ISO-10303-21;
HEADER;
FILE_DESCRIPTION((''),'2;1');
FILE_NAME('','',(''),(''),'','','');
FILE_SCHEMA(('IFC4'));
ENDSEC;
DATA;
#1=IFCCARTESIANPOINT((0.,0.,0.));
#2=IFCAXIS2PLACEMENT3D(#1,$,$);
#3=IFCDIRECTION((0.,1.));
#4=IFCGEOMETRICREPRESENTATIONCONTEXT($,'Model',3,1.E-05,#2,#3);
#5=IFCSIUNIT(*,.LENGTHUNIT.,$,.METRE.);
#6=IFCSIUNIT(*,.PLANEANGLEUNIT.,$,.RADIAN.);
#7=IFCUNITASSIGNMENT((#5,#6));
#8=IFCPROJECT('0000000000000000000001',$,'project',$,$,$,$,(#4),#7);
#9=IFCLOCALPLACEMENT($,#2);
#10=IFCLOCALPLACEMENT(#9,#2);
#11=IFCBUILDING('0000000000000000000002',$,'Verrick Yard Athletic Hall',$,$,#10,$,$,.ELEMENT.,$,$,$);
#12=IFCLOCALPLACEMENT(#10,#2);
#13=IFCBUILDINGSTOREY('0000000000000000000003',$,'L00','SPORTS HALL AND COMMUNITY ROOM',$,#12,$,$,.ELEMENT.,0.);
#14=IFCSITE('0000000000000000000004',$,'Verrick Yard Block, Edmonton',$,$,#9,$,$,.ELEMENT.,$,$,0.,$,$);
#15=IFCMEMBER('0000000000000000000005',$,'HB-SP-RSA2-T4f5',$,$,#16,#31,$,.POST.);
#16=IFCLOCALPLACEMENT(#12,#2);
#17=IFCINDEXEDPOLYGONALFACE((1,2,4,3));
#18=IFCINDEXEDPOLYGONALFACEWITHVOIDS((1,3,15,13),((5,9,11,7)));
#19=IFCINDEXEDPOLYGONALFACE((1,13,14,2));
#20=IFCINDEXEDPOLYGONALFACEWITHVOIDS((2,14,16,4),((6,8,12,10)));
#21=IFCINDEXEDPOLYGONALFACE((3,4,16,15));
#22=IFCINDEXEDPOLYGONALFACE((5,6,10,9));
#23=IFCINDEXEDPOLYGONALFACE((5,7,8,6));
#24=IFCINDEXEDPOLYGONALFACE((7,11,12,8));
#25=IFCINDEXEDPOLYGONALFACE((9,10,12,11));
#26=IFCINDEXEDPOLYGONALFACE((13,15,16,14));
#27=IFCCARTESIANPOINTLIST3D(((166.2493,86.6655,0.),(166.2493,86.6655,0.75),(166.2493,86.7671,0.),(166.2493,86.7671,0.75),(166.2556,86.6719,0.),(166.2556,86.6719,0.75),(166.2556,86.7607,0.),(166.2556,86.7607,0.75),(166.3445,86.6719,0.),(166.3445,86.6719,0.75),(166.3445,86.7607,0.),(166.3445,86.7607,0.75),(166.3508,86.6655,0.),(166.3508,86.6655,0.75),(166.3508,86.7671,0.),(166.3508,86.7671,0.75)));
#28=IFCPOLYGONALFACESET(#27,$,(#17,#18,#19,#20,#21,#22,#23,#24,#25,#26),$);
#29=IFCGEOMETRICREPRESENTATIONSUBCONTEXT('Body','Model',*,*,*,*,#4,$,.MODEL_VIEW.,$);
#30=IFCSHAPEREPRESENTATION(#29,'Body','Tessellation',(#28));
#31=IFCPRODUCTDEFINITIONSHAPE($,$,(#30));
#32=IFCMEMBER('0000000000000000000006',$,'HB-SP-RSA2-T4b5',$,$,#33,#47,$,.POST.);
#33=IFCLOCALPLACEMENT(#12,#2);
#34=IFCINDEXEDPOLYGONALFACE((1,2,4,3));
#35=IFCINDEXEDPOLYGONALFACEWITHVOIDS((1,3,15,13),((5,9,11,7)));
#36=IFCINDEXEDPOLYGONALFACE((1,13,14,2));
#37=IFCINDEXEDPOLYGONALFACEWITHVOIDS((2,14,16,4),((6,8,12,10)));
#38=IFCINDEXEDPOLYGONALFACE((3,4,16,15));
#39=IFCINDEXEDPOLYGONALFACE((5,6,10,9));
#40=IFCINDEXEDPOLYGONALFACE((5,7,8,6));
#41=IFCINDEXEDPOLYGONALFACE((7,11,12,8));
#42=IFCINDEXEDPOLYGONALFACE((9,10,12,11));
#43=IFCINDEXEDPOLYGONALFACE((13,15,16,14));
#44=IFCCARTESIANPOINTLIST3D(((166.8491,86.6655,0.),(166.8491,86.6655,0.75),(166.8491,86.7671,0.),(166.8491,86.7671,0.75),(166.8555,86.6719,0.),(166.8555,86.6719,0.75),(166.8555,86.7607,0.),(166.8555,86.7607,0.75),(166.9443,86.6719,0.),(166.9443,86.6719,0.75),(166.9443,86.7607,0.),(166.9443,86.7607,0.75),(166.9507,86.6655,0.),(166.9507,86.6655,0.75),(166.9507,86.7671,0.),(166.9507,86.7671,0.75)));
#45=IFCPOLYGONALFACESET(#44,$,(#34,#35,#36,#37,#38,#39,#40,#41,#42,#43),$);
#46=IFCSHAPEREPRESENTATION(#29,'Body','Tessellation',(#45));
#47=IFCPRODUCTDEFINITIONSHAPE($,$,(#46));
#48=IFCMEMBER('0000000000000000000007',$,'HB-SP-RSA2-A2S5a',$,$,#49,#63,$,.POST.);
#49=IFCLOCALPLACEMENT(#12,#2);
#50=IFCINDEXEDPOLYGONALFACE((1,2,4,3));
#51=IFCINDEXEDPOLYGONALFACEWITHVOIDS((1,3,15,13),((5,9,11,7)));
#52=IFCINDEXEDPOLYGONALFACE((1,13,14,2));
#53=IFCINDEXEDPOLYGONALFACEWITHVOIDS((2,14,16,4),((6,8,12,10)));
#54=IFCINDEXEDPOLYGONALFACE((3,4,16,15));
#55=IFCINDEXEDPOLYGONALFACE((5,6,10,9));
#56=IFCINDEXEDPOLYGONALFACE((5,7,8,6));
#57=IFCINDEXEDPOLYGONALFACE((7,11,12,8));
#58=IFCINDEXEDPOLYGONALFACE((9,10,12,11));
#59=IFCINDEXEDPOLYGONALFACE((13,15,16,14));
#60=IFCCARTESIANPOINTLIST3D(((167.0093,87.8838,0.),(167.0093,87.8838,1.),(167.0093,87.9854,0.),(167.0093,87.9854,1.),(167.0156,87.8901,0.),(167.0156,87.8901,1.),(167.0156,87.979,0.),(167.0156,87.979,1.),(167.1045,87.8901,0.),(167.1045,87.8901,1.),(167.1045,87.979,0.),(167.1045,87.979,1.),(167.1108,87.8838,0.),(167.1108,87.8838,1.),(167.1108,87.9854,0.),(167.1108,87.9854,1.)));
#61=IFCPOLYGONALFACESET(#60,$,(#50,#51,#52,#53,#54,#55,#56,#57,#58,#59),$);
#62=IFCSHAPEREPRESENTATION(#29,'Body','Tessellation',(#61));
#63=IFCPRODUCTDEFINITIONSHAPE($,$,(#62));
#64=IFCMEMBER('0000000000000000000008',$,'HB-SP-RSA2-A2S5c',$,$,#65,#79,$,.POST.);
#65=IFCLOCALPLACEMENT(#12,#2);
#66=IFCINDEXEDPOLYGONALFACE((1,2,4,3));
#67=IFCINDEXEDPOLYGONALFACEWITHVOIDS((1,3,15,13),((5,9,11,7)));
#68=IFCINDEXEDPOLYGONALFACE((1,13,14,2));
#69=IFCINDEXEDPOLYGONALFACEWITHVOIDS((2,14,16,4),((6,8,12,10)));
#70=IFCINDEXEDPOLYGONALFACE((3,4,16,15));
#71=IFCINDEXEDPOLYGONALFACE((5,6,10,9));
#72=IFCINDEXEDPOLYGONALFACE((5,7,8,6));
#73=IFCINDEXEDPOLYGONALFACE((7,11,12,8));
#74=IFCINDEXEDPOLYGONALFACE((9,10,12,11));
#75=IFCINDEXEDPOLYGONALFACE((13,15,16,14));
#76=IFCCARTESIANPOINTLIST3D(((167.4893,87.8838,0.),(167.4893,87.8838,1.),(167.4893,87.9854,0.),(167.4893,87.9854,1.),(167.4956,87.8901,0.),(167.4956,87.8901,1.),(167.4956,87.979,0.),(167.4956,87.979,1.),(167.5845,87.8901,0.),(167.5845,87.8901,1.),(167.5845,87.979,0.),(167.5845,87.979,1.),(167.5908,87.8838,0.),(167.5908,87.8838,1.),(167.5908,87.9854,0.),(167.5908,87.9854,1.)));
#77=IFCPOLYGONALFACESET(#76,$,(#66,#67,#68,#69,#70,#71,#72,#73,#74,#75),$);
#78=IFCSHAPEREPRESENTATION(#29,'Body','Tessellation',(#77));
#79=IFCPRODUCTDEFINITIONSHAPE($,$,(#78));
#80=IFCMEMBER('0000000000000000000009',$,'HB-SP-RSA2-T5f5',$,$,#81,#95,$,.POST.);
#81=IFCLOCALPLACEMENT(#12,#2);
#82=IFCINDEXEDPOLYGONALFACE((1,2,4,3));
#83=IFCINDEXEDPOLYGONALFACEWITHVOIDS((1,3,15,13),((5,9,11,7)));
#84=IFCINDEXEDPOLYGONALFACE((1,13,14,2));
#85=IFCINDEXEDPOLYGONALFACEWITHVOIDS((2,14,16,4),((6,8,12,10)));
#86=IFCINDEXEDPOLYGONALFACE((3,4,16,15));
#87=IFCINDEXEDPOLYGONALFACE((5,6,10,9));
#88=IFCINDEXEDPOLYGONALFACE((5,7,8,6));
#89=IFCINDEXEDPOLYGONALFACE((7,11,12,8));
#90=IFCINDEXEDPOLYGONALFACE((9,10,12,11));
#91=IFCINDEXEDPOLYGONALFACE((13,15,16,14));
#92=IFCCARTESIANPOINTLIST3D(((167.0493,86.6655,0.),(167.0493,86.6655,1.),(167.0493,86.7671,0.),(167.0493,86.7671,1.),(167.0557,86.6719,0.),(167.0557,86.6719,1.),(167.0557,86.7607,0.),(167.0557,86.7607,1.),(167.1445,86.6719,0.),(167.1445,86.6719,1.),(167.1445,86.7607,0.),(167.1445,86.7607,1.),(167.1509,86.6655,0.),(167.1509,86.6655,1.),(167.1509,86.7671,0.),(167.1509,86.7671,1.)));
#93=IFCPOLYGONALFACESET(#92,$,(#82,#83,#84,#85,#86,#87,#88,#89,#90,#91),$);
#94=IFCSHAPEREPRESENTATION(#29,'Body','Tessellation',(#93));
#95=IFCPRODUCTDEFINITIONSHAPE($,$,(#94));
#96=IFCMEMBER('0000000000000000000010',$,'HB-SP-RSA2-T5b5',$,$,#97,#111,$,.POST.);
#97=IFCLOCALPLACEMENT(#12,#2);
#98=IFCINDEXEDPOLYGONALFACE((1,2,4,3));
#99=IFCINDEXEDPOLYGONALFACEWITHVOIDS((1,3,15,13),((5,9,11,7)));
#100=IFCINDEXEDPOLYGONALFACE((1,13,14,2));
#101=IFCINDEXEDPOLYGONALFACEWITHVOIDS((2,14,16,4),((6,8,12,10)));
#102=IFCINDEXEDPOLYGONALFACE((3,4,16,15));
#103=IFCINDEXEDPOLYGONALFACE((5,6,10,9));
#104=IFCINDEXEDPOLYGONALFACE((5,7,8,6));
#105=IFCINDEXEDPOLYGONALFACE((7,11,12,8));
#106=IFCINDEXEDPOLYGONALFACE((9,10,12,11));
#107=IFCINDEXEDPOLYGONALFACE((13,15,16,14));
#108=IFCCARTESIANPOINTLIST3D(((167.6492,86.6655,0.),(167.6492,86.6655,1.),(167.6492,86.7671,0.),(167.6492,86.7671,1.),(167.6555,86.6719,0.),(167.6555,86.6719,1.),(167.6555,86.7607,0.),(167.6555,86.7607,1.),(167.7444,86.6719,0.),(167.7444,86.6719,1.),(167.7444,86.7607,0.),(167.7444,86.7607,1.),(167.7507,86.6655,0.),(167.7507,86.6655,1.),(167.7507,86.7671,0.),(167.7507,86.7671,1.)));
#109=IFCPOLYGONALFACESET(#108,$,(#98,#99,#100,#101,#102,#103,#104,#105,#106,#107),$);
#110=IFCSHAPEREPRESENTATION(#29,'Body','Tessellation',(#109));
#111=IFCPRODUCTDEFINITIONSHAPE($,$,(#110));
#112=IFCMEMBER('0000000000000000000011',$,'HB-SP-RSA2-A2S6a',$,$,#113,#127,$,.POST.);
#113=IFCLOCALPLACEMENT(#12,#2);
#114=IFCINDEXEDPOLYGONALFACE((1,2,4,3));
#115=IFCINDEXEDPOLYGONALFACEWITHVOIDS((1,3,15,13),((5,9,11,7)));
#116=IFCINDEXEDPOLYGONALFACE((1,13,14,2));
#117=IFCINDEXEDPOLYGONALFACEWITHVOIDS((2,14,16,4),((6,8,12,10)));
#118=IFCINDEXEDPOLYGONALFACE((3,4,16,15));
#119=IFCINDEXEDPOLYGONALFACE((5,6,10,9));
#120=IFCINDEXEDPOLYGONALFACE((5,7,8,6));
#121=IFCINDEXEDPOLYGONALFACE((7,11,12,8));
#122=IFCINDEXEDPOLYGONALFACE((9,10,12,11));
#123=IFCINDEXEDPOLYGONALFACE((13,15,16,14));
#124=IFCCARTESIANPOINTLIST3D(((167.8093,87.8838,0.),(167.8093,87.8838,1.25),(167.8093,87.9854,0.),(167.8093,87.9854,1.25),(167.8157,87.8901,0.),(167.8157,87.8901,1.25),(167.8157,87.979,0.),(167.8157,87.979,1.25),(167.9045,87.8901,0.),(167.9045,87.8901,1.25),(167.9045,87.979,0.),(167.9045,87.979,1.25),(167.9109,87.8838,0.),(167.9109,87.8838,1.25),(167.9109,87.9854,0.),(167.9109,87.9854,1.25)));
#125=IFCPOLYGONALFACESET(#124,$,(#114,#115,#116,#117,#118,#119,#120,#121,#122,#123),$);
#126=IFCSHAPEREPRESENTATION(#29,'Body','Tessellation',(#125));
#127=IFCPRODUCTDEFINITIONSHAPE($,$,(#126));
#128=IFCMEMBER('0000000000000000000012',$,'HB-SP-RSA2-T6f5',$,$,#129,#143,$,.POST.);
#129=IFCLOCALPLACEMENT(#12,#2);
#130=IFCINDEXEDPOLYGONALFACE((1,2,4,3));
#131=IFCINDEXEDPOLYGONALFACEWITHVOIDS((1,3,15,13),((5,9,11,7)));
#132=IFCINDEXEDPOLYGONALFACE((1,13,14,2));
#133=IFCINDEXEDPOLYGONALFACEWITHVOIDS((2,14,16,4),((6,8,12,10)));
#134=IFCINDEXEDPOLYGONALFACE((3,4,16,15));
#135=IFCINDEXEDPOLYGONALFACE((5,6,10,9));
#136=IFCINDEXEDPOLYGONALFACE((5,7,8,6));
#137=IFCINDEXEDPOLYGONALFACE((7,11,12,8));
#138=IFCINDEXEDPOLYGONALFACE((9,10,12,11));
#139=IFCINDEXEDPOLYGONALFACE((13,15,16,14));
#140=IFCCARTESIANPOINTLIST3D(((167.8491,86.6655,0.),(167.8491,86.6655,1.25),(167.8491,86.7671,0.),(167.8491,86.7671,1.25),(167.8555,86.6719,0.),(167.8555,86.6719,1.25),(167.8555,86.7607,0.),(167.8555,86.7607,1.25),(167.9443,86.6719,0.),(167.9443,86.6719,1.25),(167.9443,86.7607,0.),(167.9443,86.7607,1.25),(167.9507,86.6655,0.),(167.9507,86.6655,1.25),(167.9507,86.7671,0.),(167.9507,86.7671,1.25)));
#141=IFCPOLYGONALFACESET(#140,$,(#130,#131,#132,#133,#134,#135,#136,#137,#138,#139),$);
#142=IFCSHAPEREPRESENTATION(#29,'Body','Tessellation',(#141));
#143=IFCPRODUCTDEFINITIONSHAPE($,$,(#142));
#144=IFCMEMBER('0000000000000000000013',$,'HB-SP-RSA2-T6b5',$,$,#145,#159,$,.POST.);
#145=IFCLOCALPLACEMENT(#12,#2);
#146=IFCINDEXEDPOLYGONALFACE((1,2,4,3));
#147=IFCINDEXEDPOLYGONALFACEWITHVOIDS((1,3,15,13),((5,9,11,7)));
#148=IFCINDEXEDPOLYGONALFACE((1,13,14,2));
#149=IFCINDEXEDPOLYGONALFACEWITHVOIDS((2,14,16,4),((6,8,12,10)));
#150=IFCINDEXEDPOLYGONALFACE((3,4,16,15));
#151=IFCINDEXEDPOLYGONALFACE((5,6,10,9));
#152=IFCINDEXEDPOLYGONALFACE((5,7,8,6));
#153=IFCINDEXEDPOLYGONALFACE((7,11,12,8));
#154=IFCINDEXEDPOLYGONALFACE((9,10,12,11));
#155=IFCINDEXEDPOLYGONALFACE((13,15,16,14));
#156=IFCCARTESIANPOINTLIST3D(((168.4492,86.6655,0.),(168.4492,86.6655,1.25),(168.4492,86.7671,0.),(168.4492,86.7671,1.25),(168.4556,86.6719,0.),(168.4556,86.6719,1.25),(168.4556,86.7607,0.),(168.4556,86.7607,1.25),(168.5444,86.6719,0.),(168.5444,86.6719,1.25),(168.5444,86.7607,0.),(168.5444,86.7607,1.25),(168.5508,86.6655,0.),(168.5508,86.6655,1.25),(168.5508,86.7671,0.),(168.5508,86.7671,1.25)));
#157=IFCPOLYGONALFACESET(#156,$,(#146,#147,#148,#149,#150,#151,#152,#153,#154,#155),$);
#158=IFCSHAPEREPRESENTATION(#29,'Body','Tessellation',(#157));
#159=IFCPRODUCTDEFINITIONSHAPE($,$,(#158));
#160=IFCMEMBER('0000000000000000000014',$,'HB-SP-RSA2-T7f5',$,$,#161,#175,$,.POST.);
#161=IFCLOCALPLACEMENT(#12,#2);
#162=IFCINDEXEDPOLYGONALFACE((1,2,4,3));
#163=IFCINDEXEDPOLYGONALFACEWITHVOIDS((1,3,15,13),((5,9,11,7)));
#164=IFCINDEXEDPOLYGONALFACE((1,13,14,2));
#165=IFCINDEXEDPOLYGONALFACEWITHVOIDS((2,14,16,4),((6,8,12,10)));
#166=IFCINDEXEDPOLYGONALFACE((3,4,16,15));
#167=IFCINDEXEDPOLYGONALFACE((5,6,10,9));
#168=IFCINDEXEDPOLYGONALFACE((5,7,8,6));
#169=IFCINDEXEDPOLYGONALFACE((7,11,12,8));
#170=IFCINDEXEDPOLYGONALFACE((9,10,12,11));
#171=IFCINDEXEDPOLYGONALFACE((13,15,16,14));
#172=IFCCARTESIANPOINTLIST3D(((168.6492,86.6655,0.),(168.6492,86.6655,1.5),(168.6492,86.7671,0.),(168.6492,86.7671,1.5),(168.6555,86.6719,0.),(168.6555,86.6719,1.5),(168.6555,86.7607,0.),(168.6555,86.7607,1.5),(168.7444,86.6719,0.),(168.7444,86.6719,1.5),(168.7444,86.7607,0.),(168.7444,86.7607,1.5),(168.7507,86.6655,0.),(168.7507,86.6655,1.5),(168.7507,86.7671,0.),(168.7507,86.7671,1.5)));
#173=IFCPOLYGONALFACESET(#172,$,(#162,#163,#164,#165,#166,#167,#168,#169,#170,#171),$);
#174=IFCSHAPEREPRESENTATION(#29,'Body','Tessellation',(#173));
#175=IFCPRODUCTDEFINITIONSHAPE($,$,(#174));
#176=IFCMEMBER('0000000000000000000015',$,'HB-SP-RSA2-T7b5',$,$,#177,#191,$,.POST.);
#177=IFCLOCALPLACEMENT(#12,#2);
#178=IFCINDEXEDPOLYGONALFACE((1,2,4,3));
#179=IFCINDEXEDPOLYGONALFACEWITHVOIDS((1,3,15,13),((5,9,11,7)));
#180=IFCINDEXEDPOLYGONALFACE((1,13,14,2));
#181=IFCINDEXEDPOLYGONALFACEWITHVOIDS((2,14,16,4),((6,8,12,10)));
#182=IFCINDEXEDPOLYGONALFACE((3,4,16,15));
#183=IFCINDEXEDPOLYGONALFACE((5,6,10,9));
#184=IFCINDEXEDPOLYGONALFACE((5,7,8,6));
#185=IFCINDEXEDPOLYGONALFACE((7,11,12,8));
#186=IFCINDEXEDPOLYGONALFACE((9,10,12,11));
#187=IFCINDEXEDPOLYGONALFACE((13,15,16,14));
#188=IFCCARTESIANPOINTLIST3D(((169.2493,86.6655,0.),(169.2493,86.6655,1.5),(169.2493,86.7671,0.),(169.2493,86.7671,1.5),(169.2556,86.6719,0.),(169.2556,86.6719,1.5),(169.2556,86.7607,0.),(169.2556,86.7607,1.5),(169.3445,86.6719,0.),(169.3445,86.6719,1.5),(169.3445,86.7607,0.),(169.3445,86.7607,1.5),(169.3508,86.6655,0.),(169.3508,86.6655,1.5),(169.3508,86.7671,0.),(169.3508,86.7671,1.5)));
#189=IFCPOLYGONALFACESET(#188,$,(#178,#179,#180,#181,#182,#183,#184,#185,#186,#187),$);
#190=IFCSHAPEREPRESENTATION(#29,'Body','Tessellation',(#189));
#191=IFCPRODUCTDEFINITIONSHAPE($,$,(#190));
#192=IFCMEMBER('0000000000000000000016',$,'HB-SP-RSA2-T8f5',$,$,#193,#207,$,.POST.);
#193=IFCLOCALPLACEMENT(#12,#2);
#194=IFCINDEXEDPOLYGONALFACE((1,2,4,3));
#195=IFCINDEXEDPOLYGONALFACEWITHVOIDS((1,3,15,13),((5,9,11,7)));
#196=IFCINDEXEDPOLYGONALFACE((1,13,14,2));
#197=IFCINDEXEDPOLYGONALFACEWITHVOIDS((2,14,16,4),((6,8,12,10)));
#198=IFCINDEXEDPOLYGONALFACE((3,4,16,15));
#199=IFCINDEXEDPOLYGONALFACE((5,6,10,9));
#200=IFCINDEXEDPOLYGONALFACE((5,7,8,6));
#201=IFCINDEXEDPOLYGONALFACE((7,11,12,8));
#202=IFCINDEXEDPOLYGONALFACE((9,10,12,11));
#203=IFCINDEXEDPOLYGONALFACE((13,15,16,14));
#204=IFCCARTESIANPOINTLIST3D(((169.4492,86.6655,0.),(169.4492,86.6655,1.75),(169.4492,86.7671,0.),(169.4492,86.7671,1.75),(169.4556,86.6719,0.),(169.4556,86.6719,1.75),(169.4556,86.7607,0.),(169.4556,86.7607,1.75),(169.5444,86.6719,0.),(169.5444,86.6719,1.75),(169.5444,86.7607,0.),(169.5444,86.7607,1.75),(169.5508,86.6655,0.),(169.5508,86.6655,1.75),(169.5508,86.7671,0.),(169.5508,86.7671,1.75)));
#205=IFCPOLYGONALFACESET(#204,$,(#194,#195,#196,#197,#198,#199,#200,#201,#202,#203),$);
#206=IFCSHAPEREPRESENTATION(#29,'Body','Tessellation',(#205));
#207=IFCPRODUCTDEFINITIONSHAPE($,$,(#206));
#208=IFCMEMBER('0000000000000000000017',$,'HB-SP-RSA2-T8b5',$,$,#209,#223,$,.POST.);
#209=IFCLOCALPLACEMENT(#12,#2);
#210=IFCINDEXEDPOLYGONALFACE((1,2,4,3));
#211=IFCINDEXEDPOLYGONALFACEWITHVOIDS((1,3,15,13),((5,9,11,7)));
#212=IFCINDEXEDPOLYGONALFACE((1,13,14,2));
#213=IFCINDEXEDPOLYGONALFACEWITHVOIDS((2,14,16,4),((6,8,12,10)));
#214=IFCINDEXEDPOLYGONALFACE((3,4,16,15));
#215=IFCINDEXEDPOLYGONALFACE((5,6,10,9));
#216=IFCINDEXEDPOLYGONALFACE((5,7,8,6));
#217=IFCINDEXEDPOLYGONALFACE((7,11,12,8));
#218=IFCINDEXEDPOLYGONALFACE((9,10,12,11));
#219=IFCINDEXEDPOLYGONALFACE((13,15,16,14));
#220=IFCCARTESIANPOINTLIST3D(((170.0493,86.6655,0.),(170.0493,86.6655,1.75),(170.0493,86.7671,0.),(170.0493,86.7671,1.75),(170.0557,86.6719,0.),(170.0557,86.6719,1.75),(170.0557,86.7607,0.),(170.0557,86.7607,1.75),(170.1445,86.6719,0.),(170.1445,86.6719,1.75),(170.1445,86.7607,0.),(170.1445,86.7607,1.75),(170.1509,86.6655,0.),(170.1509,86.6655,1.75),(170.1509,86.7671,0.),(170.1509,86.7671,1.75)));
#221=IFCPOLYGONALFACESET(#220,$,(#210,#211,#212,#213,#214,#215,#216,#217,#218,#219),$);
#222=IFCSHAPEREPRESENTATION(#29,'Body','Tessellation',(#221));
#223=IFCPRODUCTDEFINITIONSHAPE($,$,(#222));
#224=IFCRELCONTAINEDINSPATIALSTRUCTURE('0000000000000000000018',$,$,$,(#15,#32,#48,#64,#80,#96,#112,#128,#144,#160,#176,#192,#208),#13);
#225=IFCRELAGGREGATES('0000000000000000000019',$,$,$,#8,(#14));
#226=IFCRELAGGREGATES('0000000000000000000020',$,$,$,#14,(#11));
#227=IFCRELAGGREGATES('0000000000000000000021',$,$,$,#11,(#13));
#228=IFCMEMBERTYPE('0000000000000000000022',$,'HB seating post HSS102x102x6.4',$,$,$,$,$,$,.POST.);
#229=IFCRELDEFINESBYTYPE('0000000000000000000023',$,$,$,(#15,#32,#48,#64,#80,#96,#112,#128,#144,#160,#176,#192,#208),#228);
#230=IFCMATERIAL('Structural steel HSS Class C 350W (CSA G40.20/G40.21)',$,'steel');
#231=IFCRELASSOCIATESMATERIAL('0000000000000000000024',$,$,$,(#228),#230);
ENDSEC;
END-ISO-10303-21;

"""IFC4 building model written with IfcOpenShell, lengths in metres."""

from ifc_helpers import new_model, si_unit, direction, frame, origin, origin_2d, place, context, subcontext, project, spatial, hollow_rectangle, extrude, material, material_profile, profile_set, type_object, element, save


model = new_model("IFC4")

# Units and contexts
model_context = context("Model", 3, precision=1e-05, world=origin(), true_north=direction((0.0, 1.0)))
body_context = subcontext(model_context, "Body", "Model", "MODEL_VIEW")
ifc_project = project(units=[si_unit("LENGTHUNIT", "METRE"), si_unit("PLANEANGLEUNIT", "RADIAN")], contexts=[model_context])

# Site, building, storey
site_placement = place(None, origin())
site = spatial("IfcSite", under=ifc_project, at=site_placement, Name="Verrick Yard Block, Edmonton", CompositionType="ELEMENT", RefElevation=0.0)
building_placement = place(site_placement, origin())
building = spatial("IfcBuilding", under=site, at=building_placement, Name="Verrick Yard Athletic Hall", CompositionType="ELEMENT")
storey_placement = place(building_placement, origin())
storey = spatial("IfcBuildingStorey", under=building, at=storey_placement, Name="L00", Description="SPORTS HALL AND COMMUNITY ROOM", CompositionType="ELEMENT", Elevation=0.0)

# Members
ifc_material_1 = material(Name="Structural steel HSS Class C 350W (CSA G40.20/G40.21)", Category="steel")
ifc_material_profile_1 = material_profile(ifc_material_1, hollow_rectangle(XDim=0.1016, YDim=0.1016, WallThickness=0.0063, at=origin_2d()), Name="HSS102x102x6.4")
ifc_profile_set_1 = profile_set([ifc_material_profile_1], Name="Structural steel HSS Class C 350W (CSA G40.20/G40.21)")
member_type = type_object("IfcMemberType", Name="HB seating post HSS102x102x6.4", PredefinedType="POST", material=ifc_profile_set_1)
for number, where, z_axis, x_axis, name in (
    (1, (166.3, 86.7163, 0.0), (0.0, 0.0, 1.0), (0.0, 1.0, 0.0), "HB-SP-RSA2-T4f5"),
    (2, (166.8999, 86.7163, 0.0), (0.0, 0.0, 1.0), (0.0, 1.0, 0.0), "HB-SP-RSA2-T4b5"),
):
    element("IfcMember", number, at=place(storey_placement, frame(where, z_axis=z_axis, x_axis=x_axis)), inside=storey, type_object=member_type, Name=name, PredefinedType="POST", context=body_context, shape_type="SweptSolid", body=[
        extrude(hollow_rectangle(XDim=0.1016, YDim=0.1016, WallThickness=0.0063, at=origin_2d()), origin(), (0.0, 0.0, 1.0), 0.75),
    ])
for number, where, z_axis, x_axis, name in (
    (3, (167.0601, 87.9346, 0.0), (0.0, 0.0, 1.0), (0.0, 1.0, 0.0), "HB-SP-RSA2-A2S5a"),
    (4, (167.54, 87.9346, 0.0), (0.0, 0.0, 1.0), (0.0, 1.0, 0.0), "HB-SP-RSA2-A2S5c"),
    (5, (167.1001, 86.7163, 0.0), (0.0, 0.0, 1.0), (0.0, 1.0, 0.0), "HB-SP-RSA2-T5f5"),
    (6, (167.7, 86.7163, 0.0), (0.0, 0.0, 1.0), (0.0, 1.0, 0.0), "HB-SP-RSA2-T5b5"),
):
    element("IfcMember", number, at=place(storey_placement, frame(where, z_axis=z_axis, x_axis=x_axis)), inside=storey, type_object=member_type, Name=name, PredefinedType="POST", context=body_context, shape_type="SweptSolid", body=[
        extrude(hollow_rectangle(XDim=0.1016, YDim=0.1016, WallThickness=0.0063, at=origin_2d()), origin(), (0.0, 0.0, 1.0), 1.0),
    ])
for number, where, z_axis, x_axis, name in (
    (7, (167.8601, 87.9346, 0.0), (0.0, 0.0, 1.0), (0.0, 1.0, 0.0), "HB-SP-RSA2-A2S6a"),
    (8, (167.8999, 86.7163, 0.0), (0.0, 0.0, 1.0), (0.0, 1.0, 0.0), "HB-SP-RSA2-T6f5"),
    (9, (168.5, 86.7163, 0.0), (0.0, 0.0, 1.0), (0.0, 1.0, 0.0), "HB-SP-RSA2-T6b5"),
):
    element("IfcMember", number, at=place(storey_placement, frame(where, z_axis=z_axis, x_axis=x_axis)), inside=storey, type_object=member_type, Name=name, PredefinedType="POST", context=body_context, shape_type="SweptSolid", body=[
        extrude(hollow_rectangle(XDim=0.1016, YDim=0.1016, WallThickness=0.0063, at=origin_2d()), origin(), (0.0, 0.0, 1.0), 1.25),
    ])
for number, where, z_axis, x_axis, name in (
    (10, (168.7, 86.7163, 0.0), (0.0, 0.0, 1.0), (0.0, 1.0, 0.0), "HB-SP-RSA2-T7f5"),
    (11, (169.3, 86.7163, 0.0), (0.0, 0.0, 1.0), (0.0, 1.0, 0.0), "HB-SP-RSA2-T7b5"),
):
    element("IfcMember", number, at=place(storey_placement, frame(where, z_axis=z_axis, x_axis=x_axis)), inside=storey, type_object=member_type, Name=name, PredefinedType="POST", context=body_context, shape_type="SweptSolid", body=[
        extrude(hollow_rectangle(XDim=0.1016, YDim=0.1016, WallThickness=0.0063, at=origin_2d()), origin(), (0.0, 0.0, 1.0), 1.5),
    ])
for number, where, z_axis, x_axis, name in (
    (12, (169.5, 86.7163, 0.0), (0.0, 0.0, 1.0), (0.0, 1.0, 0.0), "HB-SP-RSA2-T8f5"),
    (13, (170.1001, 86.7163, 0.0), (0.0, 0.0, 1.0), (0.0, 1.0, 0.0), "HB-SP-RSA2-T8b5"),
):
    element("IfcMember", number, at=place(storey_placement, frame(where, z_axis=z_axis, x_axis=x_axis)), inside=storey, type_object=member_type, Name=name, PredefinedType="POST", context=body_context, shape_type="SweptSolid", body=[
        extrude(hollow_rectangle(XDim=0.1016, YDim=0.1016, WallThickness=0.0063, at=origin_2d()), origin(), (0.0, 0.0, 1.0), 1.75),
    ])

save(model, "model.ifc")
